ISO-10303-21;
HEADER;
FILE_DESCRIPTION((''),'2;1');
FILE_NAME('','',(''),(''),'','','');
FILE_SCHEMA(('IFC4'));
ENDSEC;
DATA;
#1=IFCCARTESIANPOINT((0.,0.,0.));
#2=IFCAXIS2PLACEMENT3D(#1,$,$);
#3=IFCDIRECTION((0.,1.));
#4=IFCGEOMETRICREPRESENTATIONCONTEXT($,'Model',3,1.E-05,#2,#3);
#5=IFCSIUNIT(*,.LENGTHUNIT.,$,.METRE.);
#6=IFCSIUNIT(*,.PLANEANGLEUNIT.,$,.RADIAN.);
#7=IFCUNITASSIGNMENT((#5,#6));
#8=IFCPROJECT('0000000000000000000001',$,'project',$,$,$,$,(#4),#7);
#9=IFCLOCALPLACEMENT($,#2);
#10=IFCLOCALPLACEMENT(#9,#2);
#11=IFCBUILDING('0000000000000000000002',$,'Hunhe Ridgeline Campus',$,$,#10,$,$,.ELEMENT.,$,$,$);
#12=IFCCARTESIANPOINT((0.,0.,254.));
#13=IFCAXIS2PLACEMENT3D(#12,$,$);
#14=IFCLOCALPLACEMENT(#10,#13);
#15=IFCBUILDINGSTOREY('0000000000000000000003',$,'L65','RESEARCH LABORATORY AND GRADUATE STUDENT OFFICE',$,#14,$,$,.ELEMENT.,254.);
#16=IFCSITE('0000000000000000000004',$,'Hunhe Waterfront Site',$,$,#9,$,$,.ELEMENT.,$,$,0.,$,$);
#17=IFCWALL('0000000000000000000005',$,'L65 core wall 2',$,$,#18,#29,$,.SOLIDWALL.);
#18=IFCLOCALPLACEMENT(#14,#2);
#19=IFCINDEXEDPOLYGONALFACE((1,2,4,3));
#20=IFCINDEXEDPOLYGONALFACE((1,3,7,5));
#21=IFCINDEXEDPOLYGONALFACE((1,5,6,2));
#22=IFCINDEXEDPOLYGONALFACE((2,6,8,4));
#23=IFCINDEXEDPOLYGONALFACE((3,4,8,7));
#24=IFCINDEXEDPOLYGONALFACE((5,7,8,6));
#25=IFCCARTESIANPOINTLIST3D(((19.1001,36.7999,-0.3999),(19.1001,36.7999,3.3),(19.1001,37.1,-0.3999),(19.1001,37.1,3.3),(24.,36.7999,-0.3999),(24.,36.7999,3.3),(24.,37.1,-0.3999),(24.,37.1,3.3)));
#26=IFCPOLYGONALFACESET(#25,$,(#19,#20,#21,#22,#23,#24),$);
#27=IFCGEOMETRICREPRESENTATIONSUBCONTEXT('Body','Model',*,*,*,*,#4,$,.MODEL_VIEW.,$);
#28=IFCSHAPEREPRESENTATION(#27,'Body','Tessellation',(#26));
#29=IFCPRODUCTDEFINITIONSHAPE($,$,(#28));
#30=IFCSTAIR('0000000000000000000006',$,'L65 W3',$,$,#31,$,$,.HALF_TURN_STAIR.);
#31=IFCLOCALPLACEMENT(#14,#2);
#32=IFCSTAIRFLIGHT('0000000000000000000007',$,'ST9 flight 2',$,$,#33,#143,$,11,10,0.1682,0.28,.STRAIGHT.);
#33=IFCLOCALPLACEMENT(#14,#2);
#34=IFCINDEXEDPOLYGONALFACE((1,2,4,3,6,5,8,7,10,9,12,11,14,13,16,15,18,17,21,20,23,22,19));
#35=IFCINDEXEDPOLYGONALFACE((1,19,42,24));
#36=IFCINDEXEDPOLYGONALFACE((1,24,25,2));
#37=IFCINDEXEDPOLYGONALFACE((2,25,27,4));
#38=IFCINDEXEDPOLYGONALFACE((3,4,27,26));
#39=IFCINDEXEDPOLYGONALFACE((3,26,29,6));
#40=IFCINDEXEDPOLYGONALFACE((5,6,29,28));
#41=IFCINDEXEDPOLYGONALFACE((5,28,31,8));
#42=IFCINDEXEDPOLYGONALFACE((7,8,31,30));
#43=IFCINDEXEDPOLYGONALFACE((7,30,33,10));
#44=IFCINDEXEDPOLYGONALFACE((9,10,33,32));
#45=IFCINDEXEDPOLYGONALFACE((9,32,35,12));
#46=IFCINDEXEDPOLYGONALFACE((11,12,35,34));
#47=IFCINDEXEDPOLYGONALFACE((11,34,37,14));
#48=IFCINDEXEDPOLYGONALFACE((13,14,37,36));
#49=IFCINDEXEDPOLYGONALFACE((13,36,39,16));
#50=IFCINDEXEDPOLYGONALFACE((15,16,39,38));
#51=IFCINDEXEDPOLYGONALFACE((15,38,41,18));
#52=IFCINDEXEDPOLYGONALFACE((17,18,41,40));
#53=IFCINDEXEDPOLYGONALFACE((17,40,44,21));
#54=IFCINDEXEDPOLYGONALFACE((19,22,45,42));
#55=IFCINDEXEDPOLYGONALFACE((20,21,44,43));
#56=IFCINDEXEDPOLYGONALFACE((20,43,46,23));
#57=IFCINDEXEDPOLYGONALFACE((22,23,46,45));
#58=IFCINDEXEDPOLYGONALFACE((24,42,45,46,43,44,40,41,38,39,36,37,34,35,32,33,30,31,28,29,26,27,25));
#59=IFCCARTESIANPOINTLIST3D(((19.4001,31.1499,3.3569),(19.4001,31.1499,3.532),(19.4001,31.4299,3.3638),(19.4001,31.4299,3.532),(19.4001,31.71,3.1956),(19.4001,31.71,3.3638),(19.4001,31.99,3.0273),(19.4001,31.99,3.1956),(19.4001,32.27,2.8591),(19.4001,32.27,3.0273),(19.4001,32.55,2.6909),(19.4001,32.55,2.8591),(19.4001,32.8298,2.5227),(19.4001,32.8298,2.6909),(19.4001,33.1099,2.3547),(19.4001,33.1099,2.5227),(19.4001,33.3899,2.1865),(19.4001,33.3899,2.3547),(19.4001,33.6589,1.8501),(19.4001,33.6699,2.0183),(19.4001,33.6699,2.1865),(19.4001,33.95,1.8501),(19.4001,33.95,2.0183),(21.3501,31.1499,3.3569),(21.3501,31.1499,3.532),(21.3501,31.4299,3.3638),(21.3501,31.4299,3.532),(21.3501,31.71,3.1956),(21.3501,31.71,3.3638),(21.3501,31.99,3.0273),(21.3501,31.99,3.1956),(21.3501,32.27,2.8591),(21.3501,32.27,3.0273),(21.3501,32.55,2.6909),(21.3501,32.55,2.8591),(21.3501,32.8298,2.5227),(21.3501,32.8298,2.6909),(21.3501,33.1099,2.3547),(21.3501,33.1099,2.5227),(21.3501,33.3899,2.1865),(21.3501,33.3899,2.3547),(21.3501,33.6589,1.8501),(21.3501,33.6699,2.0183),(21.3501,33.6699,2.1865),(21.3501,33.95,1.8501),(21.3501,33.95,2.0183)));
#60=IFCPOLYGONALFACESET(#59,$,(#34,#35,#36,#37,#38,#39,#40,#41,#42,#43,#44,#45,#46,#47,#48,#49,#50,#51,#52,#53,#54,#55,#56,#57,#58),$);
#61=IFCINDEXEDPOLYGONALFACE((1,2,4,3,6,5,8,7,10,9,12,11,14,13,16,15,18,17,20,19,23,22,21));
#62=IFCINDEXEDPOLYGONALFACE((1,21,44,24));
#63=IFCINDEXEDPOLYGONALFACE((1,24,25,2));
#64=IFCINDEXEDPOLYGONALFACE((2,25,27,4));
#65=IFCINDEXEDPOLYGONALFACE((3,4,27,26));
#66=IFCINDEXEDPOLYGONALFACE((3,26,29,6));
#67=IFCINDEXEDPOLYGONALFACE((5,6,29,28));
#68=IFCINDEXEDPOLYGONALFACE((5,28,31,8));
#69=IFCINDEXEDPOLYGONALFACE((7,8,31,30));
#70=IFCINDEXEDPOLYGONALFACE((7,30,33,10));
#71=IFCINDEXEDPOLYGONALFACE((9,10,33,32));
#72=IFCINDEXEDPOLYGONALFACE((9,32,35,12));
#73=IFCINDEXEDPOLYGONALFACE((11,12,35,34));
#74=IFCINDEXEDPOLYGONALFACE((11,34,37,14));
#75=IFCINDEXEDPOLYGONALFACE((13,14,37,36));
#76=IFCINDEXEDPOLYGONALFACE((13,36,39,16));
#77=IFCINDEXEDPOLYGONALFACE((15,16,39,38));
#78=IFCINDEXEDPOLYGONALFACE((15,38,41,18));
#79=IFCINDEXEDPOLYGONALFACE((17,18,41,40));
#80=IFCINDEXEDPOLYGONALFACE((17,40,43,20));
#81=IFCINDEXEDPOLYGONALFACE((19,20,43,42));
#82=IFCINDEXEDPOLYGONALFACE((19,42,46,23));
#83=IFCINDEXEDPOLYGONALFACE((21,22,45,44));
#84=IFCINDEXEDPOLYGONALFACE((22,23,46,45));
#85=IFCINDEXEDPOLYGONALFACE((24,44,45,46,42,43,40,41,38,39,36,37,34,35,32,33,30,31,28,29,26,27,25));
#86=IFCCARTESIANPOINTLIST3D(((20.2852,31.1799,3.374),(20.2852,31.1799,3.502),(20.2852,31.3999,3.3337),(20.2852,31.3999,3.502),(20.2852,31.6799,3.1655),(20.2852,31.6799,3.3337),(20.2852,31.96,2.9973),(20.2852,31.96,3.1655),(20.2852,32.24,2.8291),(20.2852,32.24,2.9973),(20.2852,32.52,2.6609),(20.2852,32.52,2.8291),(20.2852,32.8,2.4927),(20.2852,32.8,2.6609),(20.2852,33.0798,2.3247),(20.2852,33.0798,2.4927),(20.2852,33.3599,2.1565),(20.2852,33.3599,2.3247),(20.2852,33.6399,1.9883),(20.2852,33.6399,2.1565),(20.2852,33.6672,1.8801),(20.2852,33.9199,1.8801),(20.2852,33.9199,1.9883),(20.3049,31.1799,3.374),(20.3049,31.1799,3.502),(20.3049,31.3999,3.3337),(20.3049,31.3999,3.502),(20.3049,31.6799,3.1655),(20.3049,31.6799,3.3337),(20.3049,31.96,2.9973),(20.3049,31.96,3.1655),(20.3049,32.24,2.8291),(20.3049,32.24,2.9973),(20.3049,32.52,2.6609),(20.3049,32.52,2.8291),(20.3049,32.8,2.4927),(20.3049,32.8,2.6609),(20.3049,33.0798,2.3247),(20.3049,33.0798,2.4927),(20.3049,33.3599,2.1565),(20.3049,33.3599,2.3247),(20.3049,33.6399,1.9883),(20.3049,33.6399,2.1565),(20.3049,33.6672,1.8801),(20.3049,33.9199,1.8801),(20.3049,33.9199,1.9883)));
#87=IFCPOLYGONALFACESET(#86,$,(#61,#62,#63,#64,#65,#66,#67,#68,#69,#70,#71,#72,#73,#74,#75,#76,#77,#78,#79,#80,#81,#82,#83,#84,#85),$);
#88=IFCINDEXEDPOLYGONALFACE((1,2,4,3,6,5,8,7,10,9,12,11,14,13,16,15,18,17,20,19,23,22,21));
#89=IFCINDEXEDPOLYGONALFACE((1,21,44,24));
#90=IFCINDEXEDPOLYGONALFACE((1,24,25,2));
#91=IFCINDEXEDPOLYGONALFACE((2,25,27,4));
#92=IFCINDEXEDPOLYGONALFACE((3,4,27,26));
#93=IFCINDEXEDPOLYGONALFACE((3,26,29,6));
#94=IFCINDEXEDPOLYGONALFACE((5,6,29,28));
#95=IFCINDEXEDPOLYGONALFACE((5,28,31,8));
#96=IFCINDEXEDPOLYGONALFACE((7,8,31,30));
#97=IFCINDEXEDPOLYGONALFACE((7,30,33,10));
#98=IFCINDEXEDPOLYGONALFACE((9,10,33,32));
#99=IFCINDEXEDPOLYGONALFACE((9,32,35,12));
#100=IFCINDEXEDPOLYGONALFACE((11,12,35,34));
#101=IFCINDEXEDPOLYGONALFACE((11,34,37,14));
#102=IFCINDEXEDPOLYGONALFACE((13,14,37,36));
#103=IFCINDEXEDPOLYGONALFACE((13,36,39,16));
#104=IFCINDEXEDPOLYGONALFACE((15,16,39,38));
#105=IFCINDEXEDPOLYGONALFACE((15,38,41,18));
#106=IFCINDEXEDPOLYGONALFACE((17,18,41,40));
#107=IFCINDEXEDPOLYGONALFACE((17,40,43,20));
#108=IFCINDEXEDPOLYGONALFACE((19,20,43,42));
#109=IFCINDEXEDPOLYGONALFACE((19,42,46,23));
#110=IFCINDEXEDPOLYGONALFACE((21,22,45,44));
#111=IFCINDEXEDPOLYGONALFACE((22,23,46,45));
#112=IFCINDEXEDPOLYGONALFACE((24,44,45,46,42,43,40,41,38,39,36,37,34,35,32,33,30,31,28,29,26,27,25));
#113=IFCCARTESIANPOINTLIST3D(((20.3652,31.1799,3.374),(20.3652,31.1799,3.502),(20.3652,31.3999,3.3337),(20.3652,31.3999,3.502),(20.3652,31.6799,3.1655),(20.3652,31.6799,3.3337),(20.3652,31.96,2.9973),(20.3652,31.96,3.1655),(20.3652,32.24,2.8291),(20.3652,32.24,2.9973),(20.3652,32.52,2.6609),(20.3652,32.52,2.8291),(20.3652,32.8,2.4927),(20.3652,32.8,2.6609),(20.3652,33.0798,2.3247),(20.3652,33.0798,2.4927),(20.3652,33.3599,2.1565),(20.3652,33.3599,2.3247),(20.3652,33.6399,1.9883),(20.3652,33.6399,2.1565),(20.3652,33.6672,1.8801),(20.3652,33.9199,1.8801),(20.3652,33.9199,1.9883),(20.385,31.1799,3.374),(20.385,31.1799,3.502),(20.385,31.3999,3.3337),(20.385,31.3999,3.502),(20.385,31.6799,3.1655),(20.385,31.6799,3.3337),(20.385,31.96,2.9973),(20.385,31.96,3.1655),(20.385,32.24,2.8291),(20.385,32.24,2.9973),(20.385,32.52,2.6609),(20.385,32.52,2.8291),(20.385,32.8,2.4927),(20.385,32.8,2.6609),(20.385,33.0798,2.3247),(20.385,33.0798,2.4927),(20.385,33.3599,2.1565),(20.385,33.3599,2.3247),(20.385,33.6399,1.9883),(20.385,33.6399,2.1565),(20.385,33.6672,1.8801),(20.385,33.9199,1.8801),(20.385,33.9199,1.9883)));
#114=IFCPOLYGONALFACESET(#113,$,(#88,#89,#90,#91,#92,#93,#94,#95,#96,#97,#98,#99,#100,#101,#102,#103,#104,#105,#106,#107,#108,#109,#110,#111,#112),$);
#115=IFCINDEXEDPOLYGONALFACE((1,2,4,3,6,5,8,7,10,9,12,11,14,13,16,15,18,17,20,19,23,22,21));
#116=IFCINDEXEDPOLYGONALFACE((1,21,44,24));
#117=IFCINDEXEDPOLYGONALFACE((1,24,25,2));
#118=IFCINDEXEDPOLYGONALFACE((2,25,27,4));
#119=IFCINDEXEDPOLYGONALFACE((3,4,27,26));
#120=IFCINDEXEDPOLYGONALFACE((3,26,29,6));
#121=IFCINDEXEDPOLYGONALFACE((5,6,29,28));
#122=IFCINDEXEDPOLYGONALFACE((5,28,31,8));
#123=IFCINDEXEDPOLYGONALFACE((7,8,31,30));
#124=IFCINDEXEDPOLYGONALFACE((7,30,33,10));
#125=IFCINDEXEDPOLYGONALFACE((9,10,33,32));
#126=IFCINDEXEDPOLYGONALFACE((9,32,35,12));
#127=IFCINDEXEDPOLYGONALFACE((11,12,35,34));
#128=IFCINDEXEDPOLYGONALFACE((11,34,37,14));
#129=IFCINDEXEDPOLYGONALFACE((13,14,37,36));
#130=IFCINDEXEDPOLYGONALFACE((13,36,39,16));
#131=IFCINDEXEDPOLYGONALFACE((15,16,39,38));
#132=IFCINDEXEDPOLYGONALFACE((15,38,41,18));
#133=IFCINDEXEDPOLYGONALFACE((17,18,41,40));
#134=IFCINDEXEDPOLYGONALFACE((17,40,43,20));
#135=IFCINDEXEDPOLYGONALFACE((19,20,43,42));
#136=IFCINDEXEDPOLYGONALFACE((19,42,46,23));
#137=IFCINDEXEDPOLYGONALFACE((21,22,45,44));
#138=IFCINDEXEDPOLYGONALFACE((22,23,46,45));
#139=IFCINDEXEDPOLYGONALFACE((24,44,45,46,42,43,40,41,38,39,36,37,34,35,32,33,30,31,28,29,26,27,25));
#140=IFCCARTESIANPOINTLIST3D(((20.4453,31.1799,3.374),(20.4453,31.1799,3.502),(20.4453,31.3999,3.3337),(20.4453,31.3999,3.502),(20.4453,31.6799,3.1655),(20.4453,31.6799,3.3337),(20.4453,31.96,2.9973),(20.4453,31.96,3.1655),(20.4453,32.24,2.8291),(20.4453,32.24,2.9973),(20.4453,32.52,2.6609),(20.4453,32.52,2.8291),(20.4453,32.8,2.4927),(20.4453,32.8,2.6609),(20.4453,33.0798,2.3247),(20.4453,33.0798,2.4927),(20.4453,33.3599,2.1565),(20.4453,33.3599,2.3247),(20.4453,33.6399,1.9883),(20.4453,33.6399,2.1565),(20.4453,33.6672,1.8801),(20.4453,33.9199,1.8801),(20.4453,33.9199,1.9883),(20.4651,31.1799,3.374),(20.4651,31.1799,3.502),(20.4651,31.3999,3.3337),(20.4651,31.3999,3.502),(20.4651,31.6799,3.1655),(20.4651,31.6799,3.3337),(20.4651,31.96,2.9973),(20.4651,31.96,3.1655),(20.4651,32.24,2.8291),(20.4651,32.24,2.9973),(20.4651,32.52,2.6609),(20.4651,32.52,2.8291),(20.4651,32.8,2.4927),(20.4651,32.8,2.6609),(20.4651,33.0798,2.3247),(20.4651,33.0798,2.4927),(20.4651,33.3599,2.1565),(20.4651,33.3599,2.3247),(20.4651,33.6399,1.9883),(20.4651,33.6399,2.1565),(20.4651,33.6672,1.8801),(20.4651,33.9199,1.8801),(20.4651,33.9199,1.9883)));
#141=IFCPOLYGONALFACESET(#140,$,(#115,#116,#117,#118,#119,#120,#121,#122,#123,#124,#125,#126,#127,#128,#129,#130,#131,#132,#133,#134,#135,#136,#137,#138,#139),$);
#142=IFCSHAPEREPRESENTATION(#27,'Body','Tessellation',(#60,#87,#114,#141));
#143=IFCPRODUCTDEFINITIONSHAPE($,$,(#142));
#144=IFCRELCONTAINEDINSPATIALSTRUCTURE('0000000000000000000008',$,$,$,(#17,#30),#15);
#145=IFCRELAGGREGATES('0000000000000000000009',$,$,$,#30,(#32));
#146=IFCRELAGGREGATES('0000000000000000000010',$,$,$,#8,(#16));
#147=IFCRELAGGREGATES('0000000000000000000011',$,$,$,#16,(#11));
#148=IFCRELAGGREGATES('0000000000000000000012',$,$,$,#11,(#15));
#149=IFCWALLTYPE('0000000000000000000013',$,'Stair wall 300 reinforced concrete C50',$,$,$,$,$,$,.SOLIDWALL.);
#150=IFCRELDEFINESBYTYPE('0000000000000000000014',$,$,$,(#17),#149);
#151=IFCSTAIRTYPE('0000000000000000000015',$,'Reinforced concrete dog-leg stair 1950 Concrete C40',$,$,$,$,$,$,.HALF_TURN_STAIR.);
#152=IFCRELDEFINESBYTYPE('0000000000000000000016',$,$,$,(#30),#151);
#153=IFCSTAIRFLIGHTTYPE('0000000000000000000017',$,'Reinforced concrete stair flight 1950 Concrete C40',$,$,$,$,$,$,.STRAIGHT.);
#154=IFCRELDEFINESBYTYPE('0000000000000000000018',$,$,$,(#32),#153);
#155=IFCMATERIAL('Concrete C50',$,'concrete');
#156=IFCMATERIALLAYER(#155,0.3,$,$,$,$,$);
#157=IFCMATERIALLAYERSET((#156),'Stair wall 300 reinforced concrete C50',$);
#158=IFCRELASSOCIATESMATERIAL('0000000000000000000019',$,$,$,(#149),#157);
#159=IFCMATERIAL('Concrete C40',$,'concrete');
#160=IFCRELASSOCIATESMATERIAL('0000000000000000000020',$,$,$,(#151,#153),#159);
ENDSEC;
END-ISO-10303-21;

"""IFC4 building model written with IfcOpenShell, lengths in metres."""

from ifc_helpers import new_model, si_unit, direction, frame, frame_2d, origin, place, context, subcontext, project, spatial, polyline, rectangle, outline, extrude, material, layer, layer_set, type_object, element, aggregate, save


model = new_model("IFC4")

# Units and contexts
model_context = context("Model", 3, precision=1e-05, world=origin(), true_north=direction((0.0, 1.0)))
body_context = subcontext(model_context, "Body", "Model", "MODEL_VIEW")
ifc_project = project(units=[si_unit("LENGTHUNIT", "METRE"), si_unit("PLANEANGLEUNIT", "RADIAN")], contexts=[model_context])

# Site, building, storey
site_placement = place(None, origin())
site = spatial("IfcSite", under=ifc_project, at=site_placement, Name="Hunhe Waterfront Site", CompositionType="ELEMENT", RefElevation=0.0)
building_placement = place(site_placement, origin())
building = spatial("IfcBuilding", under=site, at=building_placement, Name="Hunhe Ridgeline Campus", CompositionType="ELEMENT")
storey_placement = place(building_placement, frame((0.0, 0.0, 254.0)))
storey = spatial("IfcBuildingStorey", under=building, at=storey_placement, Name="L65", Description="RESEARCH LABORATORY AND GRADUATE STUDENT OFFICE", CompositionType="ELEMENT", Elevation=254.0)

# Wall
ifc_material_1 = material(Name="Concrete C50", Category="concrete")
ifc_layer_1 = layer(ifc_material_1, 0.3)
ifc_layer_set_1 = layer_set([ifc_layer_1], Name="Stair wall 300 reinforced concrete C50")
wall_type_1 = type_object("IfcWallType", Name="Stair wall 300 reinforced concrete C50", PredefinedType="SOLIDWALL", material=ifc_layer_set_1)
wall_1_placement = place(storey_placement, frame((19.1001, 36.95, -0.3999), z_axis=(0.0, 0.0, 1.0), x_axis=(1.0, 0.0, 0.0)))
element("IfcWall", 1, at=wall_1_placement, inside=storey, type_object=wall_type_1, Name="L65 core wall 2", PredefinedType="SOLIDWALL", context=body_context, shape_type="SweptSolid", body=[
    extrude(rectangle(XDim=4.8999, YDim=0.3, at=frame_2d((2.45, 0.0))), origin(), (0.0, 0.0, 1.0), 3.7),
])

# Stair, stair flight
ifc_material_2 = material(Name="Concrete C40", Category="concrete")
stair_type = type_object("IfcStairType", Name="Reinforced concrete dog-leg stair 1950 Concrete C40", PredefinedType="HALF_TURN_STAIR", material=ifc_material_2)
stair_placement = place(storey_placement, origin())
stair = element("IfcStair", 2, at=stair_placement, inside=storey, type_object=stair_type, Name="L65 W3", PredefinedType="HALF_TURN_STAIR")
stair_flight_type = type_object("IfcStairFlightType", Name="Reinforced concrete stair flight 1950 Concrete C40", PredefinedType="STRAIGHT", material=ifc_material_2)
stair_flight_placement = place(storey_placement, frame((20.375, 33.95, 1.8501), z_axis=(0.0, 0.0, 1.0), x_axis=(0.0, -1.0, 0.0)))
stair_flight = element("IfcStairFlight", 3, at=stair_flight_placement, type_object=stair_flight_type, Name="ST9 flight 2", NumberOfRisers=11, NumberOfTreads=10, PredefinedType="STRAIGHT", RiserHeight=0.1682, TreadLength=0.28, context=body_context, shape_type="SweptSolid", body=[
    extrude(outline(polyline([(0.0, 0.0), (0.0, 0.1682), (0.28, 0.1682), (0.28, 0.3364), (0.5601, 0.3364), (0.5601, 0.5046), (0.8401, 0.5046), (0.8401, 0.6726), (1.1201, 0.6726), (1.1201, 0.8408), (1.3999, 0.8408), (1.3999, 1.009), (1.6799, 1.009), (1.6799, 1.1772), (1.96, 1.1772), (1.96, 1.3455), (2.24, 1.3455), (2.24, 1.5137), (2.52, 1.5137), (2.52, 1.6819), (2.8, 1.6819), (2.8, 1.8501), (2.8, 1.5068), (0.291, 0.0), (0.0, 0.0)])), frame((0.0, 0.9751, 0.0), z_axis=(0.0, -1.0, 0.0), x_axis=(1.0, 0.0, 0.0)), (0.0, 0.0, 1.0), 1.95),
    extrude(outline(polyline([(0.03, 0.03), (0.03, 0.1382), (0.3101, 0.1382), (0.3101, 0.3064), (0.5901, 0.3064), (0.5901, 0.4746), (0.8701, 0.4746), (0.8701, 0.6426), (1.1499, 0.6426), (1.1499, 0.8108), (1.4299, 0.8108), (1.4299, 0.979), (1.71, 0.979), (1.71, 1.1472), (1.99, 1.1472), (1.99, 1.3154), (2.27, 1.3154), (2.27, 1.4836), (2.55, 1.4836), (2.55, 1.6519), (2.77, 1.6519), (2.77, 1.5239), (0.2827, 0.03), (0.03, 0.03)])), frame((0.0, -0.0701, 0.0), z_axis=(0.0, -1.0, 0.0), x_axis=(1.0, 0.0, 0.0)), (0.0, 0.0, 1.0), 0.0198),
    extrude(outline(polyline([(0.03, 0.03), (0.03, 0.1382), (0.3101, 0.1382), (0.3101, 0.3064), (0.5901, 0.3064), (0.5901, 0.4746), (0.8701, 0.4746), (0.8701, 0.6426), (1.1499, 0.6426), (1.1499, 0.8108), (1.4299, 0.8108), (1.4299, 0.979), (1.71, 0.979), (1.71, 1.1472), (1.99, 1.1472), (1.99, 1.3154), (2.27, 1.3154), (2.27, 1.4836), (2.55, 1.4836), (2.55, 1.6519), (2.77, 1.6519), (2.77, 1.5239), (0.2827, 0.03), (0.03, 0.03)])), frame((0.0, 0.01, 0.0), z_axis=(0.0, -1.0, 0.0), x_axis=(1.0, 0.0, 0.0)), (0.0, 0.0, 1.0), 0.0198),
    extrude(outline(polyline([(0.03, 0.03), (0.03, 0.1382), (0.3101, 0.1382), (0.3101, 0.3064), (0.5901, 0.3064), (0.5901, 0.4746), (0.8701, 0.4746), (0.8701, 0.6426), (1.1499, 0.6426), (1.1499, 0.8108), (1.4299, 0.8108), (1.4299, 0.979), (1.71, 0.979), (1.71, 1.1472), (1.99, 1.1472), (1.99, 1.3154), (2.27, 1.3154), (2.27, 1.4836), (2.55, 1.4836), (2.55, 1.6519), (2.77, 1.6519), (2.77, 1.5239), (0.2827, 0.03), (0.03, 0.03)])), frame((0.0, 0.0901, 0.0), z_axis=(0.0, -1.0, 0.0), x_axis=(1.0, 0.0, 0.0)), (0.0, 0.0, 1.0), 0.0198),
])
aggregate(stair, [stair_flight])

save(model, "model.ifc")
